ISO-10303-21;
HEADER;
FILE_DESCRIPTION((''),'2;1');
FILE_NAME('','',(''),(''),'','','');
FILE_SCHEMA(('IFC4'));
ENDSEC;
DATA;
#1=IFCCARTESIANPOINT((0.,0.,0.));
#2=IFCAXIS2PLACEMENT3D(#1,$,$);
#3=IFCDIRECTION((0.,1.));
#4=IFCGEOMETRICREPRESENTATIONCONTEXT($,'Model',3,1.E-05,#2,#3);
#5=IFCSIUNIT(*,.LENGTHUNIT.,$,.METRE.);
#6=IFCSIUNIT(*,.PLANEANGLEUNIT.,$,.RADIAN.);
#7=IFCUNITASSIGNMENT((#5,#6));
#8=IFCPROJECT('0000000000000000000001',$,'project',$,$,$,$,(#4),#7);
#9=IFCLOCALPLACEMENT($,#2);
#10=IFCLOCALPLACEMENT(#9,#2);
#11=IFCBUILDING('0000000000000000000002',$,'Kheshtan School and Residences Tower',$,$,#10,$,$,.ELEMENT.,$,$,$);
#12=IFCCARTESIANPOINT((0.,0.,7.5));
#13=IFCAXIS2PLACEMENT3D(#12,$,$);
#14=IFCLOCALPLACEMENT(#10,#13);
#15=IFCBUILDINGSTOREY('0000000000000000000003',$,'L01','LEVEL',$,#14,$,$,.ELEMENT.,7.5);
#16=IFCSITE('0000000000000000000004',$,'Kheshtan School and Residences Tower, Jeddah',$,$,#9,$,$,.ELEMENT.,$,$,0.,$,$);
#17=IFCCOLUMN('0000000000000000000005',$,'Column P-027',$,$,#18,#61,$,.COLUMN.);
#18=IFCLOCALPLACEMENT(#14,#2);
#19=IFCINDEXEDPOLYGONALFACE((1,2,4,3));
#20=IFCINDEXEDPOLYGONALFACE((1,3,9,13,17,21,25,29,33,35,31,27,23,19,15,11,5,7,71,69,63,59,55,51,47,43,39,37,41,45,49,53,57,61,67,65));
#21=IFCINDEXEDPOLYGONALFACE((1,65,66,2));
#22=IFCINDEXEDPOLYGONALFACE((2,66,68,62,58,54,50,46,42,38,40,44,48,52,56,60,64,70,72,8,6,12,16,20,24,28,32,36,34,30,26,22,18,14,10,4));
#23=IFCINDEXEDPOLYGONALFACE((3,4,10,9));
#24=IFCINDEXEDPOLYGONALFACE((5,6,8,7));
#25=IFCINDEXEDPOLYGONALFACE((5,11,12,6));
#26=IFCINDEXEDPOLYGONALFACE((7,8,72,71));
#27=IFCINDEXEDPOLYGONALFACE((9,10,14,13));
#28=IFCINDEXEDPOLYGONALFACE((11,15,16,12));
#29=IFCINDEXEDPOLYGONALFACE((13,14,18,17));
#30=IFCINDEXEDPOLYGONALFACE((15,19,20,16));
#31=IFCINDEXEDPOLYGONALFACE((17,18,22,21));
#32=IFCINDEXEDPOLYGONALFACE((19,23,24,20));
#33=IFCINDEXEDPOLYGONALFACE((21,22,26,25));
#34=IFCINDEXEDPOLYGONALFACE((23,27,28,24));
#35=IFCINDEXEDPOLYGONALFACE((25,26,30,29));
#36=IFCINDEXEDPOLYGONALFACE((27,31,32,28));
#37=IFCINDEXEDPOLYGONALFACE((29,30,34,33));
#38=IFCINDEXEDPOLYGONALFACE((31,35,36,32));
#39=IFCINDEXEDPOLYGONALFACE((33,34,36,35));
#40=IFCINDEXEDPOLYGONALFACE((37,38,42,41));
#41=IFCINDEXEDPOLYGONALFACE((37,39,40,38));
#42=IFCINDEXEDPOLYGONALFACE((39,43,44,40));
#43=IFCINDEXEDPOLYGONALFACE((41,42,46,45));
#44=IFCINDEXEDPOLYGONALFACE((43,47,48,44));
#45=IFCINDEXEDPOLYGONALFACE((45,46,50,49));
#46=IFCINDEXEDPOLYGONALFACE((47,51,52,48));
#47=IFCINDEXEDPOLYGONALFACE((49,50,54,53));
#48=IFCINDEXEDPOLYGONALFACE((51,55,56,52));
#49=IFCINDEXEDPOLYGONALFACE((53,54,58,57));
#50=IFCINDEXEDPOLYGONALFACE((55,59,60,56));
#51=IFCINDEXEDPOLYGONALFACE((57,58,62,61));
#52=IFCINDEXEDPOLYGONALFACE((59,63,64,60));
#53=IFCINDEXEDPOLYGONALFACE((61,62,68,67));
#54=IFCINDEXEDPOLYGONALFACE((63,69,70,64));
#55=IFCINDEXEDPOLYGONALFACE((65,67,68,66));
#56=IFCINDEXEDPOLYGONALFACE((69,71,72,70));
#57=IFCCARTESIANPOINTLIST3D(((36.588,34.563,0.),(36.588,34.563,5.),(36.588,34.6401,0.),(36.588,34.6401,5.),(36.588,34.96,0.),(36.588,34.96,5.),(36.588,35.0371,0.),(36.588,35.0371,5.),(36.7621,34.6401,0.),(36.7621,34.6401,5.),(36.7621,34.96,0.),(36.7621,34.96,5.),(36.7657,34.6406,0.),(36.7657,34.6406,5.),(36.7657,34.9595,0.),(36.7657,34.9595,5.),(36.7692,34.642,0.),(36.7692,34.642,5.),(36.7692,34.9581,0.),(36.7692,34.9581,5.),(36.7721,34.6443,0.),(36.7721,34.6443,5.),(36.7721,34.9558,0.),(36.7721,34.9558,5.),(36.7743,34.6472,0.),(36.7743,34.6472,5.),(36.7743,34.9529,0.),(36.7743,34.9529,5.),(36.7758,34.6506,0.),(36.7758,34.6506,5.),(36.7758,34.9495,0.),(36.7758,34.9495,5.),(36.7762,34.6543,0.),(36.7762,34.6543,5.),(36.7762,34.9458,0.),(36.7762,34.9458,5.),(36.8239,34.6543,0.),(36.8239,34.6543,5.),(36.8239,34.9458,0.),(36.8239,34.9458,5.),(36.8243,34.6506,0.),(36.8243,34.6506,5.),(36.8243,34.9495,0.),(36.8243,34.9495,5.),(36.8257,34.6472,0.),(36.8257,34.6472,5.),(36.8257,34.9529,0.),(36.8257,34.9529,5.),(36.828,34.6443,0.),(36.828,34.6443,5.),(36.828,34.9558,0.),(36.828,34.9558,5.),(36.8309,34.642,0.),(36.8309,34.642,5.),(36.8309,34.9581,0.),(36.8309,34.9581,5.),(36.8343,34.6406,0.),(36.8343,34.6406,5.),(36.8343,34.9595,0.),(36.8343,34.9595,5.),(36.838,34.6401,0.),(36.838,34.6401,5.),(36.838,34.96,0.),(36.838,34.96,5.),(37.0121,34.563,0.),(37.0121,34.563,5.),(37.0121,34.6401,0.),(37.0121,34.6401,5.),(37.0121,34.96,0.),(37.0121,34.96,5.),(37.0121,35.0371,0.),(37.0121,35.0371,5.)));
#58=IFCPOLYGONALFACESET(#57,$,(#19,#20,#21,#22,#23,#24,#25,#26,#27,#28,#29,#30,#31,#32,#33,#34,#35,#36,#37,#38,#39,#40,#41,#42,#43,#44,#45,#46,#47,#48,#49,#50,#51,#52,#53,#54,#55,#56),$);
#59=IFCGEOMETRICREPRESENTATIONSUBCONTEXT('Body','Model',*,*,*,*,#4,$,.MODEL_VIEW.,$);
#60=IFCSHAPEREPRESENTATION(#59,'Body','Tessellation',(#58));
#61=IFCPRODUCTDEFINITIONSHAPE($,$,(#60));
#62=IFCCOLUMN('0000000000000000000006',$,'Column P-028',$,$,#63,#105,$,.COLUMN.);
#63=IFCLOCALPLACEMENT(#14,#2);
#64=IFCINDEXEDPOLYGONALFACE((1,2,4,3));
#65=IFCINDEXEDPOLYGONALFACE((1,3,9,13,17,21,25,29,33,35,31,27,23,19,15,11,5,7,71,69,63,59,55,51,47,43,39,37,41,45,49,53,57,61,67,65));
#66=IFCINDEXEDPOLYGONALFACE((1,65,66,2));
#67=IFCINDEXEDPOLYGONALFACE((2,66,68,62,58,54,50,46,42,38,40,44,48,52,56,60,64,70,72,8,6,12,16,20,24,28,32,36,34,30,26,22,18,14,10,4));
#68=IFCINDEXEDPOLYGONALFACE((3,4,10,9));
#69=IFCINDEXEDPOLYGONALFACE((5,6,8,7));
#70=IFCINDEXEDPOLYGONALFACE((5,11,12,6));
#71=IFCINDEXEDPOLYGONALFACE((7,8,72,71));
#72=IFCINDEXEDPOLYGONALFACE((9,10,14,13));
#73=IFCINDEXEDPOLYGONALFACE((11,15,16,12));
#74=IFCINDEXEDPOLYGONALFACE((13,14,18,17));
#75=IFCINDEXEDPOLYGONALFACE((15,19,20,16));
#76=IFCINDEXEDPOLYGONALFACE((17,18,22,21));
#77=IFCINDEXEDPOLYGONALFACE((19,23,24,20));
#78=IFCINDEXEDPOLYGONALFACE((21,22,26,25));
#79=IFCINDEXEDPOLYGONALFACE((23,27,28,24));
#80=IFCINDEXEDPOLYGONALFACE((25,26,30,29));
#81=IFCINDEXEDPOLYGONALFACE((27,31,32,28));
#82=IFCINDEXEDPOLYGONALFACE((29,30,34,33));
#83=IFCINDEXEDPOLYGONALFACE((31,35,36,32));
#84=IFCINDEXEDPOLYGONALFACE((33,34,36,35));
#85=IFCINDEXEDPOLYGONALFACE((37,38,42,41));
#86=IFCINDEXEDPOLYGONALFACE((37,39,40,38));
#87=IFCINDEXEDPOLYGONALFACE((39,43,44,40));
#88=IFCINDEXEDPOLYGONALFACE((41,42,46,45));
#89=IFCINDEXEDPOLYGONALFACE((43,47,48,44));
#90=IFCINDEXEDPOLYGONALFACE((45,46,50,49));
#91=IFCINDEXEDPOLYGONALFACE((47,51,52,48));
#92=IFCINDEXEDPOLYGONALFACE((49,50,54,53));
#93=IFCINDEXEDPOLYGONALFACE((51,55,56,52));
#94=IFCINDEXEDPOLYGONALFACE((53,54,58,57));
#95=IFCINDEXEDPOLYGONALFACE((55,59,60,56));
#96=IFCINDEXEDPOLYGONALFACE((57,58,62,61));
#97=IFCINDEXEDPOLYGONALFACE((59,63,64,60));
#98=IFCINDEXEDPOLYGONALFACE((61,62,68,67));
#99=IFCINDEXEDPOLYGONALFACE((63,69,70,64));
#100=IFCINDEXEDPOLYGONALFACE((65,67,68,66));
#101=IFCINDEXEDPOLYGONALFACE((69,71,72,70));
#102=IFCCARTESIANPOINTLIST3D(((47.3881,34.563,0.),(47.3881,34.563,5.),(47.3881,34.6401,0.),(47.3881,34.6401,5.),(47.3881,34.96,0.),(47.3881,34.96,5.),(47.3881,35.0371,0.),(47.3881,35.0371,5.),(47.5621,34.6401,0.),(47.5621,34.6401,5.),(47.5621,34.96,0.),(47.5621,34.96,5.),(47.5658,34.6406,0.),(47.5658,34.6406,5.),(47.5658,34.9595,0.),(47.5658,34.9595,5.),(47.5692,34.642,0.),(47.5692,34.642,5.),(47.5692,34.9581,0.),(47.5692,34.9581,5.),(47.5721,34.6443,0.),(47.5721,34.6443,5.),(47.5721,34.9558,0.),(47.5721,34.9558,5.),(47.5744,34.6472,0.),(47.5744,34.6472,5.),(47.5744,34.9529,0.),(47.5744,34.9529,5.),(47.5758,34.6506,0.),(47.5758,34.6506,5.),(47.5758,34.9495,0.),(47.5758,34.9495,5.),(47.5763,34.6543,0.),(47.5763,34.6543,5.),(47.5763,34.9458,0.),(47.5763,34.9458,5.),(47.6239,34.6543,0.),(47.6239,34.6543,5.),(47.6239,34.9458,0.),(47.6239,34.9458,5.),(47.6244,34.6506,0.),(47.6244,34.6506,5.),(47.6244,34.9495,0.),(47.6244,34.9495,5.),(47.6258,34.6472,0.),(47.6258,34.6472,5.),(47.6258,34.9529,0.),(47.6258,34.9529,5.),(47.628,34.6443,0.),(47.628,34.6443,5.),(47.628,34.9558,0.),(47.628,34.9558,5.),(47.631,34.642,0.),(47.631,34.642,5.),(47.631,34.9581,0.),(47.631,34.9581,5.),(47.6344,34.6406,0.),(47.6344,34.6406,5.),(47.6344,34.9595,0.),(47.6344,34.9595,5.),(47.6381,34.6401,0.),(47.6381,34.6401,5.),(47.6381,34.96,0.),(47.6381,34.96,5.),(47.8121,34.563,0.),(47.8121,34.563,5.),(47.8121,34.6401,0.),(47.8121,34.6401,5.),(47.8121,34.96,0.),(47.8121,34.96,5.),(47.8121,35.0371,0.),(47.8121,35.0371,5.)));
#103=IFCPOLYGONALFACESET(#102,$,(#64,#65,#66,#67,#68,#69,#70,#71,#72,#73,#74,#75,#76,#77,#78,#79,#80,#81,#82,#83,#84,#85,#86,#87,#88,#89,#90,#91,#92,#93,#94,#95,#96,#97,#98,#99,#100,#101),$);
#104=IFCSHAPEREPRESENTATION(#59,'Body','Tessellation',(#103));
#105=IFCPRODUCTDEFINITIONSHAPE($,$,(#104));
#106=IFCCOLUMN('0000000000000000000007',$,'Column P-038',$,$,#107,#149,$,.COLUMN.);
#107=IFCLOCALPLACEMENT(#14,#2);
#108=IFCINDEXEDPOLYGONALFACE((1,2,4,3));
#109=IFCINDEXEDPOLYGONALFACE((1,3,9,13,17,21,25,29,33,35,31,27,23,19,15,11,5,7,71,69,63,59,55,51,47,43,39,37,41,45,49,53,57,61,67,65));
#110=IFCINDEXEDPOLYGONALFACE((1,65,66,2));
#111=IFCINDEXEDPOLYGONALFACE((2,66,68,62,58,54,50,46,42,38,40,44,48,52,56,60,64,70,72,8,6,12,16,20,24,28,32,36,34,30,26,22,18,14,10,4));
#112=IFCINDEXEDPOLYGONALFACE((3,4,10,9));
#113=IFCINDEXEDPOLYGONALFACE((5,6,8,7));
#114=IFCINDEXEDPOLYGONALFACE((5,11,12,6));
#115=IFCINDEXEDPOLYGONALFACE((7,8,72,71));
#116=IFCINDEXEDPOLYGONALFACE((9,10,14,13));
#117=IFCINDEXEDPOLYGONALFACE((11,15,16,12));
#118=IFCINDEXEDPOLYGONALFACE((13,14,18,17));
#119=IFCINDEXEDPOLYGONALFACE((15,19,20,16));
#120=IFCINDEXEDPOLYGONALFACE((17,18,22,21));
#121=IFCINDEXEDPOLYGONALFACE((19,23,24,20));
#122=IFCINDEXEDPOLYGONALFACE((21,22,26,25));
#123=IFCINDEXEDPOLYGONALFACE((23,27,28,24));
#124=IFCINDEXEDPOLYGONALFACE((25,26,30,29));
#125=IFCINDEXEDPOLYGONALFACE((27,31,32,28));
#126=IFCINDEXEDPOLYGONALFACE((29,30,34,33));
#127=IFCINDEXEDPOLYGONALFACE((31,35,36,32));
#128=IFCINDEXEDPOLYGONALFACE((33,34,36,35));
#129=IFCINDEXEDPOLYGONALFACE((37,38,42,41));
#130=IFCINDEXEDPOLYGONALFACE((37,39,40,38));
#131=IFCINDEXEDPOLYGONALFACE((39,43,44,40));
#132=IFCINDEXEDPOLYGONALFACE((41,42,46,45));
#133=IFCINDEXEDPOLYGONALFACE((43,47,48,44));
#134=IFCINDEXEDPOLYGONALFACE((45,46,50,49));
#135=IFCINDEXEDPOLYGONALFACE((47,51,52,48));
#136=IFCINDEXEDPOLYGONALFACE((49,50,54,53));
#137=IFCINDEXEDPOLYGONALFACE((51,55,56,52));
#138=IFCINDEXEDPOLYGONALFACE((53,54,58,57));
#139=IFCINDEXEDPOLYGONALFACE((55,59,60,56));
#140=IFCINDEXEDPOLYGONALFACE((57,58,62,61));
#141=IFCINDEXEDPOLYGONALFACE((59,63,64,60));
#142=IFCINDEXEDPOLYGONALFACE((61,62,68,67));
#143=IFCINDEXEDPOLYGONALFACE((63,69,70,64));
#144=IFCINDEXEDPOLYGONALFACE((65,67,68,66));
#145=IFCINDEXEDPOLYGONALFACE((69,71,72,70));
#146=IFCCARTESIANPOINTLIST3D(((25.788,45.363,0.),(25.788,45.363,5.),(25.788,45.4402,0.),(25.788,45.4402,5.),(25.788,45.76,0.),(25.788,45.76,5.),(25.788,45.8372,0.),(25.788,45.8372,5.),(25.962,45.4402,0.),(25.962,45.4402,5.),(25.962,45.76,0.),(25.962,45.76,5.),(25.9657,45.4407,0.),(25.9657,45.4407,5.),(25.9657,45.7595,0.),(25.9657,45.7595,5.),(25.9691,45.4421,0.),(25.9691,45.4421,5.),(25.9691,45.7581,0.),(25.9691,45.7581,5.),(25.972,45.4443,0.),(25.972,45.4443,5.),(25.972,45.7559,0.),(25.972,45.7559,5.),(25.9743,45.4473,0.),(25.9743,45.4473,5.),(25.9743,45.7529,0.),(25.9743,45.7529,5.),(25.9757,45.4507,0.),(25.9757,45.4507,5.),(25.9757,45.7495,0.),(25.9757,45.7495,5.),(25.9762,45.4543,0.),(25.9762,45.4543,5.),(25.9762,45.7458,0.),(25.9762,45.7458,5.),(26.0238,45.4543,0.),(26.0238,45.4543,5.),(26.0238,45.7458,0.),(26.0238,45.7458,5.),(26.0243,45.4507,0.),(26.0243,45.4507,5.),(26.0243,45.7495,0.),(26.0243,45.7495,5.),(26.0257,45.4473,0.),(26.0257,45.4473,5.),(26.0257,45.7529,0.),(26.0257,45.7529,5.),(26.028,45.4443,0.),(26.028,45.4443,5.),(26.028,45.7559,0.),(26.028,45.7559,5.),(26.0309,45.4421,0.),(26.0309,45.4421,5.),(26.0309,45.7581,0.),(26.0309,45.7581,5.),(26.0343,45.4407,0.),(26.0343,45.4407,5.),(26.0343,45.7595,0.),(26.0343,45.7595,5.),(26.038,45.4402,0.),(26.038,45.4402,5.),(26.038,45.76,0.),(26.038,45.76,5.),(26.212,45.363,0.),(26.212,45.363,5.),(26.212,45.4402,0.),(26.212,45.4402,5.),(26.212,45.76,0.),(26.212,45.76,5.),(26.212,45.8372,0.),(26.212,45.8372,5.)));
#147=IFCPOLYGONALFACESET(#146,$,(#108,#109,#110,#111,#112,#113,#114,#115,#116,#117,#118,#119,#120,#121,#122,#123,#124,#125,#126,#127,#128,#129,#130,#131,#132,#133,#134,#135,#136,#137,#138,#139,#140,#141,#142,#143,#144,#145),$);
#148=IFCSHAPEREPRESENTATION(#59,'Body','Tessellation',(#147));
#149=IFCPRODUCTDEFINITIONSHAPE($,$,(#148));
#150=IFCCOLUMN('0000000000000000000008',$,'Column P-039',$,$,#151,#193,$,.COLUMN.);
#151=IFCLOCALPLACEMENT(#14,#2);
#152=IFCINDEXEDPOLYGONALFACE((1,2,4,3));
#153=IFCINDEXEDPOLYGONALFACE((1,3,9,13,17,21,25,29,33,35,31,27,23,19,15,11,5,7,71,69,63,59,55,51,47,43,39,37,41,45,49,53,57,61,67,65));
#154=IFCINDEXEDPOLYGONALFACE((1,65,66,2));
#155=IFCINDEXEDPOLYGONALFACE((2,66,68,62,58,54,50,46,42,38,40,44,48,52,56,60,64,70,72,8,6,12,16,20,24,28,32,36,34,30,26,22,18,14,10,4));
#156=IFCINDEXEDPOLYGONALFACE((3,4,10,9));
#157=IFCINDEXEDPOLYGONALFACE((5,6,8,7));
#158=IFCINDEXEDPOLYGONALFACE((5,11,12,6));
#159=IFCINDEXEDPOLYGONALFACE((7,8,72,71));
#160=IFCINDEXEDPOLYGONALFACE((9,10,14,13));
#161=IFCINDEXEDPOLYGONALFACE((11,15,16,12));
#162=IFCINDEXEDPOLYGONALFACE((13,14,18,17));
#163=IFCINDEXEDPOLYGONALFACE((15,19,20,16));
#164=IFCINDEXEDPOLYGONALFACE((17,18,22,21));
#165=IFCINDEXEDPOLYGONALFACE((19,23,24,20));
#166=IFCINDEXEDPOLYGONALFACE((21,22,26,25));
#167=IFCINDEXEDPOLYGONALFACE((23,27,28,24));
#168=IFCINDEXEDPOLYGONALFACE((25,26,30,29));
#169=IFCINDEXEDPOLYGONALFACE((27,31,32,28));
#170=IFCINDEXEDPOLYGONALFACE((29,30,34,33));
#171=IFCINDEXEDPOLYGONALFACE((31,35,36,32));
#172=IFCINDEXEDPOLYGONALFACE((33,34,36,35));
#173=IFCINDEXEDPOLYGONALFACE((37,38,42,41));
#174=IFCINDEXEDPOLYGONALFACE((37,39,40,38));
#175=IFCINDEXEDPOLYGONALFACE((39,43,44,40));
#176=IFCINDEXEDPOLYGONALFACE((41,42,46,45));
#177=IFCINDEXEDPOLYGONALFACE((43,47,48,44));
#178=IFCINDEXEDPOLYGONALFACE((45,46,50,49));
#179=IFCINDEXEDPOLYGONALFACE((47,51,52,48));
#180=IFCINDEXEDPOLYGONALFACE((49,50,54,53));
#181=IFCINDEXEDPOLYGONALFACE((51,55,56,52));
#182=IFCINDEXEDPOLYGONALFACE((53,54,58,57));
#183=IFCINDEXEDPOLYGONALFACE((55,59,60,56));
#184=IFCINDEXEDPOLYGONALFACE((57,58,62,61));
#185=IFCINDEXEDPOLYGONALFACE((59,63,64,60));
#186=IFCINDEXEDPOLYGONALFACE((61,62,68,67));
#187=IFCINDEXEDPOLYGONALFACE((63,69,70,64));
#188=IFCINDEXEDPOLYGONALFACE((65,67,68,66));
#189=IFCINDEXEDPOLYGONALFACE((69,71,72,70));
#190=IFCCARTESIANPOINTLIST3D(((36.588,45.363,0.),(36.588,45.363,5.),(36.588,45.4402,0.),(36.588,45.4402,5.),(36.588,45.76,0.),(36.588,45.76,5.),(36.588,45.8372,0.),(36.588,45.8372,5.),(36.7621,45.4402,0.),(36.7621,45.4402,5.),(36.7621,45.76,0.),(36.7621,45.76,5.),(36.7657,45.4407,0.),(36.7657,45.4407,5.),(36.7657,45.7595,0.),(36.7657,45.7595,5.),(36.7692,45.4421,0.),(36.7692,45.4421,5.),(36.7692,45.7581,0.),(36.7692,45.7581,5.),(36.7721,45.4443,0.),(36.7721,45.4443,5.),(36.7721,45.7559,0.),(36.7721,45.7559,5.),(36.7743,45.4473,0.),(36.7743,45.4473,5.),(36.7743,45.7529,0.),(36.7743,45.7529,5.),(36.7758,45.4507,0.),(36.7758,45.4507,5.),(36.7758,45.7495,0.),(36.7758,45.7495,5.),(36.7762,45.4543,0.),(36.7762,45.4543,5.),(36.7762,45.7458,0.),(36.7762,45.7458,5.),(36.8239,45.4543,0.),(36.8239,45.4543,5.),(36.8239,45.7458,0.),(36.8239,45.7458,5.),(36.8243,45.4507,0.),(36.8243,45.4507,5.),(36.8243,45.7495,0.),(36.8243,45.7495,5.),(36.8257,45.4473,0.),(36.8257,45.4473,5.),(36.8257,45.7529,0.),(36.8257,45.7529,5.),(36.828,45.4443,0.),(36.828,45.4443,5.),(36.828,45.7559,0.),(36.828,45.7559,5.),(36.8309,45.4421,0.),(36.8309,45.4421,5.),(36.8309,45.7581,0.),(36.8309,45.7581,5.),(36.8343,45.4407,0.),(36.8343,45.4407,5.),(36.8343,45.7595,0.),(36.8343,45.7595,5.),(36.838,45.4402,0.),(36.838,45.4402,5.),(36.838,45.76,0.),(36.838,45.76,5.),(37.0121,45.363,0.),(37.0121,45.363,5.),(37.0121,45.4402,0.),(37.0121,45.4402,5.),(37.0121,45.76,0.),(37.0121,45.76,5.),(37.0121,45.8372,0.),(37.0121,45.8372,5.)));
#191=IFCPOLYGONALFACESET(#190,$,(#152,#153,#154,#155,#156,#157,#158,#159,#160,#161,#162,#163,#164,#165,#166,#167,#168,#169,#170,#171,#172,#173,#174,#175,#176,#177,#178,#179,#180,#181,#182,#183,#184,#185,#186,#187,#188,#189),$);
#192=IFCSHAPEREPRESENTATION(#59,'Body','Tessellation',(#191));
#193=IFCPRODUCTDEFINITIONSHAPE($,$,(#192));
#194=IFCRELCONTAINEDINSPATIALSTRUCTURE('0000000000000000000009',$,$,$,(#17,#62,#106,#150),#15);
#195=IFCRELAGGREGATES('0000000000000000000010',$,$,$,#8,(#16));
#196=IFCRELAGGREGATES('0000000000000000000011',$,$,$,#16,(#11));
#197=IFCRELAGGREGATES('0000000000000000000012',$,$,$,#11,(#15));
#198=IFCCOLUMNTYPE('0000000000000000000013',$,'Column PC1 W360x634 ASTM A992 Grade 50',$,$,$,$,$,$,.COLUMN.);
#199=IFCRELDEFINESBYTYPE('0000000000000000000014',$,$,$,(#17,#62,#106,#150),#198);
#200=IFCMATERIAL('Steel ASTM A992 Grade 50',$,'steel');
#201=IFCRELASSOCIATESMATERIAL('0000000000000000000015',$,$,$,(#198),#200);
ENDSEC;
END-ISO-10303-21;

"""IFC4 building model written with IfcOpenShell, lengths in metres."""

from ifc_helpers import new_model, si_unit, direction, frame, origin, origin_2d, place, context, subcontext, project, spatial, i_section, extrude, material, material_profile, profile_set, type_object, element, save


model = new_model("IFC4")

# Units and contexts
model_context = context("Model", 3, precision=1e-05, world=origin(), true_north=direction((0.0, 1.0)))
body_context = subcontext(model_context, "Body", "Model", "MODEL_VIEW")
ifc_project = project(units=[si_unit("LENGTHUNIT", "METRE"), si_unit("PLANEANGLEUNIT", "RADIAN")], contexts=[model_context])

# Site, building, storey
site_placement = place(None, origin())
site = spatial("IfcSite", under=ifc_project, at=site_placement, Name="Kheshtan School and Residences Tower, Jeddah", CompositionType="ELEMENT", RefElevation=0.0)
building_placement = place(site_placement, origin())
building = spatial("IfcBuilding", under=site, at=building_placement, Name="Kheshtan School and Residences Tower", CompositionType="ELEMENT")
storey_placement = place(building_placement, frame((0.0, 0.0, 7.5)))
storey = spatial("IfcBuildingStorey", under=building, at=storey_placement, Name="L01", Description="LEVEL", CompositionType="ELEMENT", Elevation=7.5)

# Columns
ifc_material_1 = material(Name="Steel ASTM A992 Grade 50", Category="steel")
ifc_material_profile_1 = material_profile(ifc_material_1, i_section(OverallWidth=0.4241, OverallDepth=0.4741, WebThickness=0.0476, FlangeThickness=0.0771, FilletRadius=0.0142, at=origin_2d()), Name="W360x634")
ifc_profile_set_1 = profile_set([ifc_material_profile_1], Name="Steel ASTM A992 Grade 50")
column_type = type_object("IfcColumnType", Name="Column PC1 W360x634 ASTM A992 Grade 50", PredefinedType="COLUMN", material=ifc_profile_set_1)
for number, where, z_axis, x_axis, name in (
    (1, (36.8, 34.8, 0.0), (0.0, 0.0, 1.0), (1.0, 0.0, 0.0), "Column P-027"),
    (2, (47.6001, 34.8, 0.0), (0.0, 0.0, 1.0), (1.0, 0.0, 0.0), "Column P-028"),
    (3, (26.0, 45.6001, 0.0), (0.0, 0.0, 1.0), (1.0, 0.0, 0.0), "Column P-038"),
    (4, (36.8, 45.6001, 0.0), (0.0, 0.0, 1.0), (1.0, 0.0, 0.0), "Column P-039"),
):
    element("IfcColumn", number, at=place(storey_placement, frame(where, z_axis=z_axis, x_axis=x_axis)), inside=storey, type_object=column_type, Name=name, PredefinedType="COLUMN", context=body_context, shape_type="SweptSolid", body=[
        extrude(i_section(OverallWidth=0.4241, OverallDepth=0.4741, WebThickness=0.0476, FlangeThickness=0.0771, FilletRadius=0.0142, at=origin_2d()), origin(), (0.0, 0.0, 1.0), 5.0),
    ])

save(model, "model.ifc")
